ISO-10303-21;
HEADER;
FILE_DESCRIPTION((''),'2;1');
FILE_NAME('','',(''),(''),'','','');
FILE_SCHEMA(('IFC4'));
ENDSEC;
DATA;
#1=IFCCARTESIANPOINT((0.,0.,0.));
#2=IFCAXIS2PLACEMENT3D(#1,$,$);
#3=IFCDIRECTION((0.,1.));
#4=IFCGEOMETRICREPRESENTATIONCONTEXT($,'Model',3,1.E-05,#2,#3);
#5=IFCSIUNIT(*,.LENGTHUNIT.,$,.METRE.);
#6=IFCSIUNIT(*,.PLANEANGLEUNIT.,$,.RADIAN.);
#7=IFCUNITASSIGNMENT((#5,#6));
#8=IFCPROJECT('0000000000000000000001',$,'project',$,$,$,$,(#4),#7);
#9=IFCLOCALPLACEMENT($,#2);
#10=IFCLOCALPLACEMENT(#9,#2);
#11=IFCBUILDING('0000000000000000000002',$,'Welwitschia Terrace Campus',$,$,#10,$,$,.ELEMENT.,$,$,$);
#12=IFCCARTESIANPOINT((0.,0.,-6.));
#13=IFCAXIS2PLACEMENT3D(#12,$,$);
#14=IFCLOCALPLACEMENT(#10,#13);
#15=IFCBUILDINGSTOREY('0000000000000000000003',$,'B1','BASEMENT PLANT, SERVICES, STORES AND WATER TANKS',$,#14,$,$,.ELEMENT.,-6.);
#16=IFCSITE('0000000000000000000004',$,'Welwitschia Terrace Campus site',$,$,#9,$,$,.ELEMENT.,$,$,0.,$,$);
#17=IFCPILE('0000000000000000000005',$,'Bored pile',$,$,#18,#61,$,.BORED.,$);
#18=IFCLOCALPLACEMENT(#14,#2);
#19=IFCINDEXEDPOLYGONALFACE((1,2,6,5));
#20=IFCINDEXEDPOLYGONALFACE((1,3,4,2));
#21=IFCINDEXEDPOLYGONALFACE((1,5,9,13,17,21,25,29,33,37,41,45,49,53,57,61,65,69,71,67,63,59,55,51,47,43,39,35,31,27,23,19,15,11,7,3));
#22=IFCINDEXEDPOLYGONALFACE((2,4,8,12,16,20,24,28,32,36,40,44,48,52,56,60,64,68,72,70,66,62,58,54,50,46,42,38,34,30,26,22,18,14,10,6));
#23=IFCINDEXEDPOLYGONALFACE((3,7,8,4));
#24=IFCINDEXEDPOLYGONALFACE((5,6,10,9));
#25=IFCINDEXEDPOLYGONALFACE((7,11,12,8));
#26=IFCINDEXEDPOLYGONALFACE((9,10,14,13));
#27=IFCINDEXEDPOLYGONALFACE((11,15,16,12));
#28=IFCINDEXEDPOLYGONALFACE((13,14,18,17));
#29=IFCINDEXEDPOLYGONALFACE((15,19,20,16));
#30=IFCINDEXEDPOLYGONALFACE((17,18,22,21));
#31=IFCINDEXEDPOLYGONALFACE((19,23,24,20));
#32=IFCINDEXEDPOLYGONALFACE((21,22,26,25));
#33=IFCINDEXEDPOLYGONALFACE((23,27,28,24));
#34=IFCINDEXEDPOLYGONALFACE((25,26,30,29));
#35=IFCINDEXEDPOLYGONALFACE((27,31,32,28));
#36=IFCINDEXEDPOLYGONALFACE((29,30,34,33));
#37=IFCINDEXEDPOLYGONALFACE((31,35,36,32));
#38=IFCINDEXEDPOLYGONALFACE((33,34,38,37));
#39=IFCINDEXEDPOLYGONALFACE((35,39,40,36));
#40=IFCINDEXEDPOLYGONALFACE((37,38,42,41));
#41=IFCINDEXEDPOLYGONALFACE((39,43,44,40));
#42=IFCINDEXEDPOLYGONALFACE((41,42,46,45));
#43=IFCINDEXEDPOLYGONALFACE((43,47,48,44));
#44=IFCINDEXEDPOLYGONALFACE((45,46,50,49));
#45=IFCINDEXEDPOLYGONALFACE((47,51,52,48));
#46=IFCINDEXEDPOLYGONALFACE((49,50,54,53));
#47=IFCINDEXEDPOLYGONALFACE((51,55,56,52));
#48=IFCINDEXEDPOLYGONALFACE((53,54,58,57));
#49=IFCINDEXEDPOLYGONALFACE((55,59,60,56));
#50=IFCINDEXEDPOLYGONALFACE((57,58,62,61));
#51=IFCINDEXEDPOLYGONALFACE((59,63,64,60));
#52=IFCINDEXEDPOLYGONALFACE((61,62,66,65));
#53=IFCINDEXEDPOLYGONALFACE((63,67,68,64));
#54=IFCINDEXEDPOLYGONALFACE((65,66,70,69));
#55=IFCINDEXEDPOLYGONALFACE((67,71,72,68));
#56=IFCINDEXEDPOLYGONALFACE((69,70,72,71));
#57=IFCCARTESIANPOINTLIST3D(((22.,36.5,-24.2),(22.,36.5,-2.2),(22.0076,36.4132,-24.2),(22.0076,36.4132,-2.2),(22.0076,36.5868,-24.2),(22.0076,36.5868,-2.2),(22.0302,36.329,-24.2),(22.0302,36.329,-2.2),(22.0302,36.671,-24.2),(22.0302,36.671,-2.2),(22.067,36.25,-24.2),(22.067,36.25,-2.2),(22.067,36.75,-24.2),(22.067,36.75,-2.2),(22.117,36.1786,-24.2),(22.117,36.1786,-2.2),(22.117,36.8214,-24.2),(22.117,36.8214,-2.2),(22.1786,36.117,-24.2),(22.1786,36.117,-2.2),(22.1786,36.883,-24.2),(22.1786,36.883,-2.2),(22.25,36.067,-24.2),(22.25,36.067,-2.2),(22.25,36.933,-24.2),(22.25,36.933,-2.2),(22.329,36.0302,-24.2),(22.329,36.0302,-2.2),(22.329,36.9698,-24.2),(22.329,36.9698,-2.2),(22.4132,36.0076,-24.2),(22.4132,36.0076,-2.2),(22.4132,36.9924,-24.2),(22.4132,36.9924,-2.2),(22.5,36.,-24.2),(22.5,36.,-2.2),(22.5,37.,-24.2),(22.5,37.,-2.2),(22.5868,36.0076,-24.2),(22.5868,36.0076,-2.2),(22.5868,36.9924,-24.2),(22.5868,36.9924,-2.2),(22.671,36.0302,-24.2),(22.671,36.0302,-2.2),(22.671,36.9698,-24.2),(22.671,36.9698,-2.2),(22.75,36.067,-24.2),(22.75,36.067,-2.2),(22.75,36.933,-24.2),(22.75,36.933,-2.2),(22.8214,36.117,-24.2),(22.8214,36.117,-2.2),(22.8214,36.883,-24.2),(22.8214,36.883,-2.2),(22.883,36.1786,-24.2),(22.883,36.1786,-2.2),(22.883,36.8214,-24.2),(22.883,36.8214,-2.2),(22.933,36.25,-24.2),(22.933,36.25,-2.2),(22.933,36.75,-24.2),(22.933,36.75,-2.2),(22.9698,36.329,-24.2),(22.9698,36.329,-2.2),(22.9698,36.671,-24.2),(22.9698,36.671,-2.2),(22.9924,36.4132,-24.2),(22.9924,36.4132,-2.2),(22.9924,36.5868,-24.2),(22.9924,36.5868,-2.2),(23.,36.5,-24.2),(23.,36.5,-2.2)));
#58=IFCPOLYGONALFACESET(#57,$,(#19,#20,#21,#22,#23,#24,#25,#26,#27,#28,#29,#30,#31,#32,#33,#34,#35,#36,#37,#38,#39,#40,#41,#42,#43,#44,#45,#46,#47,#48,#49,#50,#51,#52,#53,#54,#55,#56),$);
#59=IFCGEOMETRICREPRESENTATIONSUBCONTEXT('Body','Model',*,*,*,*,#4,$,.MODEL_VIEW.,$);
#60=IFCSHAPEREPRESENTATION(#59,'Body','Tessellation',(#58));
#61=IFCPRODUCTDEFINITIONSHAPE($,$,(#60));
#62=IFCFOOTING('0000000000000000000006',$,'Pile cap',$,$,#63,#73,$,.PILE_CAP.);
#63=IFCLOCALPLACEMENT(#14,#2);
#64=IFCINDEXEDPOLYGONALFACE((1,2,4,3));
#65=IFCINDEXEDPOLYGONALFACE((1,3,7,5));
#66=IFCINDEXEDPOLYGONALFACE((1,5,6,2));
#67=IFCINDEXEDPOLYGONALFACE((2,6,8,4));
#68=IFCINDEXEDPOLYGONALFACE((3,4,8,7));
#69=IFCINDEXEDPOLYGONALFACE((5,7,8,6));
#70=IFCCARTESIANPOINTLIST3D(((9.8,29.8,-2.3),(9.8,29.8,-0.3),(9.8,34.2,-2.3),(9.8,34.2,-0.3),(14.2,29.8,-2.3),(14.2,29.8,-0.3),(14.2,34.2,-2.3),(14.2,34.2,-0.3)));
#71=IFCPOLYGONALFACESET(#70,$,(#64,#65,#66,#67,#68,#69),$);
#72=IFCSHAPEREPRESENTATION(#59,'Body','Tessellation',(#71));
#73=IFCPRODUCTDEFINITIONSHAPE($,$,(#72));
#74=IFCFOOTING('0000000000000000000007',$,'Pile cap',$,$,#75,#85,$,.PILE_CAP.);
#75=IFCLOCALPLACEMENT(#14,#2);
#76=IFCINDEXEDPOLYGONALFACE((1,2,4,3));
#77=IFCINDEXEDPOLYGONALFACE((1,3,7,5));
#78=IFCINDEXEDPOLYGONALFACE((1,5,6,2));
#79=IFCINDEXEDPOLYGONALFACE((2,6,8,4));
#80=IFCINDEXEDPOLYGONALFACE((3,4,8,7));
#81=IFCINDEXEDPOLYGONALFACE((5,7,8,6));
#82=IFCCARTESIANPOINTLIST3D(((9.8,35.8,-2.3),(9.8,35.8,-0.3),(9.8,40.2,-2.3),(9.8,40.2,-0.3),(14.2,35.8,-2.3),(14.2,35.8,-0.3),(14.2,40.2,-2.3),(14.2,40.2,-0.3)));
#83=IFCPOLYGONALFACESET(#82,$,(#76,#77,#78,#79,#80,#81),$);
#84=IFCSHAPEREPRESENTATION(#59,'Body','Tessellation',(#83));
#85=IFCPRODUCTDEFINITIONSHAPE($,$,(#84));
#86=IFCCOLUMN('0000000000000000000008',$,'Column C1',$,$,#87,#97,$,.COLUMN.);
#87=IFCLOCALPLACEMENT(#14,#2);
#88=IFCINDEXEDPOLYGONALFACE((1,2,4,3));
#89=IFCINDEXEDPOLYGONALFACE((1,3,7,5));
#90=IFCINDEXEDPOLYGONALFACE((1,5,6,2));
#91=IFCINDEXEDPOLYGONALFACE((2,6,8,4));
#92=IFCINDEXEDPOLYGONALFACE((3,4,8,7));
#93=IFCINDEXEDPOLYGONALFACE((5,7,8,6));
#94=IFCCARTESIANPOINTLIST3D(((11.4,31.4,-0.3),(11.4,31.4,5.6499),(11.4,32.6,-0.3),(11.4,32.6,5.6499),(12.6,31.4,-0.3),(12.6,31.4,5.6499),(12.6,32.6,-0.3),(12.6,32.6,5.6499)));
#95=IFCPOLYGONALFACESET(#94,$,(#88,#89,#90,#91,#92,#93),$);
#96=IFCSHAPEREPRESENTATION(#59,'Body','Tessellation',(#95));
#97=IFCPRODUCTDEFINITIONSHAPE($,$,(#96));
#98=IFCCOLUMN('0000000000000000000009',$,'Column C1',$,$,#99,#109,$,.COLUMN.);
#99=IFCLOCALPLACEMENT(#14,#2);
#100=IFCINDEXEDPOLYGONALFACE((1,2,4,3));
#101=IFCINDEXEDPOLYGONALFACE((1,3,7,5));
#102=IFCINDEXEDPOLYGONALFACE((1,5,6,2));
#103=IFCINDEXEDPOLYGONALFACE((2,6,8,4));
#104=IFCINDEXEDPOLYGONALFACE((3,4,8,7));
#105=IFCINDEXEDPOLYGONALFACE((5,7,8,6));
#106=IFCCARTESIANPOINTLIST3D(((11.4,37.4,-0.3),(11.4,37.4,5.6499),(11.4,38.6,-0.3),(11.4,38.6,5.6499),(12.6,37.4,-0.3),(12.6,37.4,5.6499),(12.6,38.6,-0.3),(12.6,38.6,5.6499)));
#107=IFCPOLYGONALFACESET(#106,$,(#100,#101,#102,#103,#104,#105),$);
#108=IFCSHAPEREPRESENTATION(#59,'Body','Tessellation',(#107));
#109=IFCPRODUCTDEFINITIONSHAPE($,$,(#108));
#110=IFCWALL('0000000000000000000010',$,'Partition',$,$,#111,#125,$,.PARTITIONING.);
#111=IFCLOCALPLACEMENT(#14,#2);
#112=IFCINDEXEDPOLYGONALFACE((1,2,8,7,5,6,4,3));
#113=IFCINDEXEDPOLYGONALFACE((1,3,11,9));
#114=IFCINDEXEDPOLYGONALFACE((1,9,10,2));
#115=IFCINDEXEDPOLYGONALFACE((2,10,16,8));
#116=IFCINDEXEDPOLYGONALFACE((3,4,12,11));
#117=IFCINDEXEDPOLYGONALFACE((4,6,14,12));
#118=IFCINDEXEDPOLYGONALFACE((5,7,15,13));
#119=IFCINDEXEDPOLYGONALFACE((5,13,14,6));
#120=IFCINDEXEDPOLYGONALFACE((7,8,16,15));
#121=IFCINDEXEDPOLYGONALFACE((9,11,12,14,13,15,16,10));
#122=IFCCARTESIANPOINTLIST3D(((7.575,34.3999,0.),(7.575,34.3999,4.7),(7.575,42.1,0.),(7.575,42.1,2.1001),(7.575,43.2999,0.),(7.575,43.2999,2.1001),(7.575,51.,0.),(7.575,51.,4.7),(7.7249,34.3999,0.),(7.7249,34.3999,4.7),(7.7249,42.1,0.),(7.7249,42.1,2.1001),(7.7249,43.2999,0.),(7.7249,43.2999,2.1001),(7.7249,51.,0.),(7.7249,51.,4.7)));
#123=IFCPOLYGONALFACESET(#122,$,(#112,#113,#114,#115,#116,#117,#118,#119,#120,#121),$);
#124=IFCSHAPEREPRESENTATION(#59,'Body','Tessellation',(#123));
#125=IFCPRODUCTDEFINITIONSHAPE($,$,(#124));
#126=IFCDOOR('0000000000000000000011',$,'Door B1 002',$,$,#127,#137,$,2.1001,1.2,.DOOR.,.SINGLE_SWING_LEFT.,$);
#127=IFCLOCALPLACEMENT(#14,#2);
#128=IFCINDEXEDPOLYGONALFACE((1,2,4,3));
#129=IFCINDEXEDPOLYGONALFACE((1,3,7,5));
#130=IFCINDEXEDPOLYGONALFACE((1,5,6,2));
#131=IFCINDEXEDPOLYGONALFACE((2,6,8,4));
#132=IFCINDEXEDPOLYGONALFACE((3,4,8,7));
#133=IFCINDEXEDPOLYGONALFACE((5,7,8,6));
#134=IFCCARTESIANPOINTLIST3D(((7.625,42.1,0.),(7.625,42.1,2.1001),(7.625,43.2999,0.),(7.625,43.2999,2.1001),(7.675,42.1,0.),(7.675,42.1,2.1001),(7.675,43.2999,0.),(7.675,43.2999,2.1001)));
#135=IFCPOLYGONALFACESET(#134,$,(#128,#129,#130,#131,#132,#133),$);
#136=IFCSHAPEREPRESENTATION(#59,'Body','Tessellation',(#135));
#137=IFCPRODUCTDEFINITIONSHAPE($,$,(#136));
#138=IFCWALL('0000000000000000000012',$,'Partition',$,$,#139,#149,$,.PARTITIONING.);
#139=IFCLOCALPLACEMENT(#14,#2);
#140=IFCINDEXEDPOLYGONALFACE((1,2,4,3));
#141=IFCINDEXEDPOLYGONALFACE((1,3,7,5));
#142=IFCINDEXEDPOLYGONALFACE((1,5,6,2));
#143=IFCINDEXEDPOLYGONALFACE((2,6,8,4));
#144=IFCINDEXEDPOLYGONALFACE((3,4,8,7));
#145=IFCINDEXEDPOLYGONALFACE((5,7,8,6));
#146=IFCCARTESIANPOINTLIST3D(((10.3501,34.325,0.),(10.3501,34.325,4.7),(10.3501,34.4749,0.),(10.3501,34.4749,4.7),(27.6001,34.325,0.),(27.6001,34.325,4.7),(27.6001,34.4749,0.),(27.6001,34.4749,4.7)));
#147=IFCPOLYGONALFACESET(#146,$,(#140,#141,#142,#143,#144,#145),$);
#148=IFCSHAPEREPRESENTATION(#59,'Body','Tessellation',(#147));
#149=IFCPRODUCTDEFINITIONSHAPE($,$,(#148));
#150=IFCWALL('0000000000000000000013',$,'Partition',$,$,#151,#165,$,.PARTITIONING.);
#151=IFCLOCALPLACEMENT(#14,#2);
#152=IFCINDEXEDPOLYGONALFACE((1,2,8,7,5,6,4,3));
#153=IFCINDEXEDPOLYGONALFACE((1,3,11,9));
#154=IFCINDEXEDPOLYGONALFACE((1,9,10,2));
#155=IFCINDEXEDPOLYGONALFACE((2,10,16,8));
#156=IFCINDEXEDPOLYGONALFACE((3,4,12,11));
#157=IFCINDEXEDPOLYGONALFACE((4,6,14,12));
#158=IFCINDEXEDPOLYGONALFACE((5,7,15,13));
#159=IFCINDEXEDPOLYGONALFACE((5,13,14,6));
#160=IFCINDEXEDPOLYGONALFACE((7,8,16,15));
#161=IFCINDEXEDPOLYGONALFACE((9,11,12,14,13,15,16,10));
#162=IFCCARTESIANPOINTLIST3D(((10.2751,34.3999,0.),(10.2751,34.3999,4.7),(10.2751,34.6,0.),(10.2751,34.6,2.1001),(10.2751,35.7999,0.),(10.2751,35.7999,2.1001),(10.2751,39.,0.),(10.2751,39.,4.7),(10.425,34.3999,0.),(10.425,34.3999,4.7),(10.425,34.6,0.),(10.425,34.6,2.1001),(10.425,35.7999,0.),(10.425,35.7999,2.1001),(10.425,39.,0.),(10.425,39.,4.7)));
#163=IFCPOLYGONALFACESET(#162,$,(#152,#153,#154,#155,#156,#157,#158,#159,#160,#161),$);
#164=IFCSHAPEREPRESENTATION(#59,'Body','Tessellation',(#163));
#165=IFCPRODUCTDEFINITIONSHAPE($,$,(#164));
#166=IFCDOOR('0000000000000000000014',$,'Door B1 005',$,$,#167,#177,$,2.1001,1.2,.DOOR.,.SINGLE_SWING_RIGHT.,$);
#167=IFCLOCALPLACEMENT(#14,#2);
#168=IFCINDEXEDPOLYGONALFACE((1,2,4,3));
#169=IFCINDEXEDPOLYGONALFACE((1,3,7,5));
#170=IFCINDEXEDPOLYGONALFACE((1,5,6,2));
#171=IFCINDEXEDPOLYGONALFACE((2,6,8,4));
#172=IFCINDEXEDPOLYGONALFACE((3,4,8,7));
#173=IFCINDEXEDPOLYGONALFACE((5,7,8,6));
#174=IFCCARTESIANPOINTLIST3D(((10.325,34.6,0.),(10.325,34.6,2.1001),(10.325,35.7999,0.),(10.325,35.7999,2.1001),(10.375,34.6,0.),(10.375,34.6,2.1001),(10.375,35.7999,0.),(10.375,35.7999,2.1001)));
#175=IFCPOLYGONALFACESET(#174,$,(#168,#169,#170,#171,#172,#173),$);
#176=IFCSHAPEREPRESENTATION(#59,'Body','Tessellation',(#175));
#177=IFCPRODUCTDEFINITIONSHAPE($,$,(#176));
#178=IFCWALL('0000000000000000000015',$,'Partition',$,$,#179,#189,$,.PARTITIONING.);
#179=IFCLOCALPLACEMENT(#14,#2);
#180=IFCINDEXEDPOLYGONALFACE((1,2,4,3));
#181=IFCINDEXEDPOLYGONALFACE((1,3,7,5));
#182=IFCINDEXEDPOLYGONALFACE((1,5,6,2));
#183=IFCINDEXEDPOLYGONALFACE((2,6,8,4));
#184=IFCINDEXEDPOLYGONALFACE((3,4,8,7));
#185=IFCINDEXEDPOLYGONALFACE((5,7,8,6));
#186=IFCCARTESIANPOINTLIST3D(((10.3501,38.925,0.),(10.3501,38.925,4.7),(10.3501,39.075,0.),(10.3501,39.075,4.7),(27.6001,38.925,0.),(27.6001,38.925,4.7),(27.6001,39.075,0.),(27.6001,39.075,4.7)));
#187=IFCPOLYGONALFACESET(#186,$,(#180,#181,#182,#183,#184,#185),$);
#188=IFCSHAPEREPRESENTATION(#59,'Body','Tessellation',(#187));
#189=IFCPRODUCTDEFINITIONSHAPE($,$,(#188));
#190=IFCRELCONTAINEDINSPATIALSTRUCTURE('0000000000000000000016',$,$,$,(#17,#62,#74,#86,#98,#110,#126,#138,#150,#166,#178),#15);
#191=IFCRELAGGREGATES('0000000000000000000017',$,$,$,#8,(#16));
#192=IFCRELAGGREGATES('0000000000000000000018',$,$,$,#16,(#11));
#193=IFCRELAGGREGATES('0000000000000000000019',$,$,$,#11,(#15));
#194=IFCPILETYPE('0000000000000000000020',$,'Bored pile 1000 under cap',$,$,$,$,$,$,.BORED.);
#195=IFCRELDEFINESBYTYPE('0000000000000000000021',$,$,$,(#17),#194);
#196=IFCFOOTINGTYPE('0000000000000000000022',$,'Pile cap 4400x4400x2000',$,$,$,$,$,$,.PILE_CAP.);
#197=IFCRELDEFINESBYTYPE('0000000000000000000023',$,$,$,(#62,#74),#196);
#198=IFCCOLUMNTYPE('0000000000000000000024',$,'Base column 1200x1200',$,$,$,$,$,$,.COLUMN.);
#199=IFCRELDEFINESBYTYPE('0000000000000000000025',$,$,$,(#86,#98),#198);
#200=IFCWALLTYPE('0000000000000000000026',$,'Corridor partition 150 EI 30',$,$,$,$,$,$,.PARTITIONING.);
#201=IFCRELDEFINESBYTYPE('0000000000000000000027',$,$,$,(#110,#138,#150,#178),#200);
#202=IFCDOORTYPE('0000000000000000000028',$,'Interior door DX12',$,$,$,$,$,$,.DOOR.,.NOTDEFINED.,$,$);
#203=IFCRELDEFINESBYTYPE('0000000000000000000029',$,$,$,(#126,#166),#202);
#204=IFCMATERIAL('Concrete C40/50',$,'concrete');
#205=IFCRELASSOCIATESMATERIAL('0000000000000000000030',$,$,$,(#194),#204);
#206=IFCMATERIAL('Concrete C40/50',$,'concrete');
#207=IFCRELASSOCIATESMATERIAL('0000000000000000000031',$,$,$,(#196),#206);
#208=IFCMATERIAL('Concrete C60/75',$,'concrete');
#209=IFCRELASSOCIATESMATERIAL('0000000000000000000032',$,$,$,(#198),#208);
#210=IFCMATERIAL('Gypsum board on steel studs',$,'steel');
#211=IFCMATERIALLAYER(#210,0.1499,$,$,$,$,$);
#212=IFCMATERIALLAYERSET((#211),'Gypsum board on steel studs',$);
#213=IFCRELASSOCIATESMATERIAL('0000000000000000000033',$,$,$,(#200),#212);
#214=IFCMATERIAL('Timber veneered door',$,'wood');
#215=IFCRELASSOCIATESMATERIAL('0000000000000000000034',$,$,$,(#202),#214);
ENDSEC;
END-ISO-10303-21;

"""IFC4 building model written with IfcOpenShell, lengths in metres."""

from ifc_helpers import new_model, si_unit, direction, frame, frame_2d, origin, origin_2d, place, context, subcontext, project, spatial, rectangle, circle, extrude, material, layer, layer_set, material_profile, profile_set, type_object, element, fill, save


model = new_model("IFC4")

# Units and contexts
model_context = context("Model", 3, precision=1e-05, world=origin(), true_north=direction((0.0, 1.0)))
body_context = subcontext(model_context, "Body", "Model", "MODEL_VIEW")
ifc_project = project(units=[si_unit("LENGTHUNIT", "METRE"), si_unit("PLANEANGLEUNIT", "RADIAN")], contexts=[model_context])

# Site, building, storey
site_placement = place(None, origin())
site = spatial("IfcSite", under=ifc_project, at=site_placement, Name="Welwitschia Terrace Campus site", CompositionType="ELEMENT", RefElevation=0.0)
building_placement = place(site_placement, origin())
building = spatial("IfcBuilding", under=site, at=building_placement, Name="Welwitschia Terrace Campus", CompositionType="ELEMENT")
storey_placement = place(building_placement, frame((0.0, 0.0, -6.0)))
storey = spatial("IfcBuildingStorey", under=building, at=storey_placement, Name="B1", Description="BASEMENT PLANT, SERVICES, STORES AND WATER TANKS", CompositionType="ELEMENT", Elevation=-6.0)

# Pile
ifc_material_1 = material(Name="Concrete C40/50", Category="concrete")
pile_type = type_object("IfcPileType", Name="Bored pile 1000 under cap", PredefinedType="BORED", material=ifc_material_1)
for number, where, z_axis, x_axis, name in (
    (1, (22.5, 36.5, -2.2), (0.0, 0.0, -1.0), (1.0, 0.0, 0.0), "Bored pile"),
):
    element("IfcPile", number, at=place(storey_placement, frame(where, z_axis=z_axis, x_axis=x_axis)), inside=storey, type_object=pile_type, Name=name, PredefinedType="BORED", context=body_context, shape_type="SweptSolid", body=[
        extrude(circle(Radius=0.5, at=origin_2d()), origin(), (0.0, 0.0, 1.0), 22.0),
    ])

# Footings
ifc_material_2 = material(Name="Concrete C40/50", Category="concrete")
footing_type = type_object("IfcFootingType", Name="Pile cap 4400x4400x2000", PredefinedType="PILE_CAP", material=ifc_material_2)
for number, where, z_axis, x_axis, name in (
    (2, (12.0, 32.0, -2.3), (0.0, 0.0, 1.0), (1.0, 0.0, 0.0), "Pile cap"),
    (3, (12.0, 38.0, -2.3), (0.0, 0.0, 1.0), (1.0, 0.0, 0.0), "Pile cap"),
):
    element("IfcFooting", number, at=place(storey_placement, frame(where, z_axis=z_axis, x_axis=x_axis)), inside=storey, type_object=footing_type, Name=name, PredefinedType="PILE_CAP", context=body_context, shape_type="SweptSolid", body=[
        extrude(rectangle(XDim=4.3999, YDim=4.3999, at=origin_2d()), origin(), (0.0, 0.0, 1.0), 2.0),
    ])

# Columns
ifc_material_3 = material(Name="Concrete C60/75", Category="concrete")
ifc_material_profile = material_profile(ifc_material_3, rectangle(XDim=1.2, YDim=1.2, at=origin_2d()))
ifc_profile_set = profile_set([ifc_material_profile], Name="Concrete C60/75")
column_type = type_object("IfcColumnType", Name="Base column 1200x1200", PredefinedType="COLUMN", material=ifc_profile_set)
for number, where, z_axis, x_axis, name in (
    (4, (12.0, 32.0, -0.3), (0.0, 0.0, 1.0), (1.0, 0.0, 0.0), "Column C1"),
    (5, (12.0, 38.0, -0.3), (0.0, 0.0, 1.0), (1.0, 0.0, 0.0), "Column C1"),
):
    element("IfcColumn", number, at=place(storey_placement, frame(where, z_axis=z_axis, x_axis=x_axis)), inside=storey, type_object=column_type, Name=name, PredefinedType="COLUMN", context=body_context, shape_type="SweptSolid", body=[
        extrude(rectangle(XDim=1.2, YDim=1.2, at=origin_2d()), origin(), (0.0, 0.0, 1.0), 5.95),
    ])

# Wall, opening, door
ifc_material_4 = material(Name="Gypsum board on steel studs", Category="steel")
ifc_layer = layer(ifc_material_4, 0.1499)
ifc_layer_set = layer_set([ifc_layer], Name="Gypsum board on steel studs")
wall_type = type_object("IfcWallType", Name="Corridor partition 150 EI 30", PredefinedType="PARTITIONING", material=ifc_layer_set)
wall_1_placement = place(storey_placement, frame((7.6499, 34.3999, 0.0), z_axis=(0.0, 0.0, 1.0), x_axis=(0.0, 1.0, 0.0)))
wall_1 = element("IfcWall", 6, at=wall_1_placement, inside=storey, type_object=wall_type, Name="Partition", PredefinedType="PARTITIONING", context=body_context, shape_type="SweptSolid", body=[
    extrude(rectangle(XDim=16.6001, YDim=0.1499, at=frame_2d((8.3, 0.0))), origin(), (0.0, 0.0, 1.0), 4.7),
])
opening_1_placement = place(wall_1_placement, frame((7.7, 0.0, 0.0)))
opening_1 = element("IfcOpeningElement", 7, at=opening_1_placement, cuts=wall_1, PredefinedType="OPENING", context=body_context, shape_type="SweptSolid", body=[
    extrude(rectangle(XDim=1.2, YDim=2.1001, at=frame_2d((0.6001, 1.05))), frame((0.0, 0.085, 0.0), z_axis=(0.0, -1.0, 0.0), x_axis=(1.0, 0.0, 0.0)), (0.0, 0.0, 1.0), 0.1699),
])
ifc_material_5 = material(Name="Timber veneered door", Category="wood")
door_type_1 = type_object("IfcDoorType", Name="Interior door DX12", OperationType="NOTDEFINED", PredefinedType="DOOR", material=ifc_material_5)
door_1_placement = place(opening_1_placement, origin())
door_1 = element("IfcDoor", 8, at=door_1_placement, inside=storey, type_object=door_type_1, Name="Door B1 002", OperationType="SINGLE_SWING_LEFT", OverallHeight=2.1001, OverallWidth=1.2, PredefinedType="DOOR", context=body_context, shape_type="SweptSolid", body=[
    extrude(rectangle(XDim=1.2, YDim=2.1001, at=frame_2d((0.6001, 1.05))), frame((0.0, 0.0249, 0.0), z_axis=(0.0, -1.0, 0.0), x_axis=(1.0, 0.0, 0.0)), (0.0, 0.0, 1.0), 0.05),
])
fill(opening_1, door_1)

# Wall
wall_2_placement = place(storey_placement, frame((10.3501, 34.3999, 0.0), z_axis=(0.0, 0.0, 1.0), x_axis=(1.0, 0.0, 0.0)))
element("IfcWall", 9, at=wall_2_placement, inside=storey, type_object=wall_type, Name="Partition", PredefinedType="PARTITIONING", context=body_context, shape_type="SweptSolid", body=[
    extrude(rectangle(XDim=17.25, YDim=0.1499, at=frame_2d((8.625, 0.0))), origin(), (0.0, 0.0, 1.0), 4.7),
])

# Wall, opening, door
wall_3_placement = place(storey_placement, frame((10.3501, 39.0, 0.0), z_axis=(0.0, 0.0, 1.0), x_axis=(0.0, -1.0, 0.0)))
wall_3 = element("IfcWall", 10, at=wall_3_placement, inside=storey, type_object=wall_type, Name="Partition", PredefinedType="PARTITIONING", context=body_context, shape_type="SweptSolid", body=[
    extrude(rectangle(XDim=4.6001, YDim=0.1499, at=frame_2d((2.3, 0.0))), origin(), (0.0, 0.0, 1.0), 4.7),
])
opening_2_placement = place(wall_3_placement, frame((3.2, 0.0, 0.0)))
opening_2 = element("IfcOpeningElement", 11, at=opening_2_placement, cuts=wall_3, PredefinedType="OPENING", context=body_context, shape_type="SweptSolid", body=[
    extrude(rectangle(XDim=1.2, YDim=2.1001, at=frame_2d((0.6001, 1.05))), frame((0.0, 0.085, 0.0), z_axis=(0.0, -1.0, 0.0), x_axis=(1.0, 0.0, 0.0)), (0.0, 0.0, 1.0), 0.1699),
])
door_2_placement = place(opening_2_placement, origin())
door_2 = element("IfcDoor", 12, at=door_2_placement, inside=storey, type_object=door_type_1, Name="Door B1 005", OperationType="SINGLE_SWING_RIGHT", OverallHeight=2.1001, OverallWidth=1.2, PredefinedType="DOOR", context=body_context, shape_type="SweptSolid", body=[
    extrude(rectangle(XDim=1.2, YDim=2.1001, at=frame_2d((0.6001, 1.05))), frame((0.0, 0.0249, 0.0), z_axis=(0.0, -1.0, 0.0), x_axis=(1.0, 0.0, 0.0)), (0.0, 0.0, 1.0), 0.05),
])
fill(opening_2, door_2)

# Wall
wall_4_placement = place(storey_placement, frame((10.3501, 39.0, 0.0), z_axis=(0.0, 0.0, 1.0), x_axis=(1.0, 0.0, 0.0)))
element("IfcWall", 13, at=wall_4_placement, inside=storey, type_object=wall_type, Name="Partition", PredefinedType="PARTITIONING", context=body_context, shape_type="SweptSolid", body=[
    extrude(rectangle(XDim=17.25, YDim=0.1499, at=frame_2d((8.625, 0.0))), origin(), (0.0, 0.0, 1.0), 4.7),
])

save(model, "model.ifc")
